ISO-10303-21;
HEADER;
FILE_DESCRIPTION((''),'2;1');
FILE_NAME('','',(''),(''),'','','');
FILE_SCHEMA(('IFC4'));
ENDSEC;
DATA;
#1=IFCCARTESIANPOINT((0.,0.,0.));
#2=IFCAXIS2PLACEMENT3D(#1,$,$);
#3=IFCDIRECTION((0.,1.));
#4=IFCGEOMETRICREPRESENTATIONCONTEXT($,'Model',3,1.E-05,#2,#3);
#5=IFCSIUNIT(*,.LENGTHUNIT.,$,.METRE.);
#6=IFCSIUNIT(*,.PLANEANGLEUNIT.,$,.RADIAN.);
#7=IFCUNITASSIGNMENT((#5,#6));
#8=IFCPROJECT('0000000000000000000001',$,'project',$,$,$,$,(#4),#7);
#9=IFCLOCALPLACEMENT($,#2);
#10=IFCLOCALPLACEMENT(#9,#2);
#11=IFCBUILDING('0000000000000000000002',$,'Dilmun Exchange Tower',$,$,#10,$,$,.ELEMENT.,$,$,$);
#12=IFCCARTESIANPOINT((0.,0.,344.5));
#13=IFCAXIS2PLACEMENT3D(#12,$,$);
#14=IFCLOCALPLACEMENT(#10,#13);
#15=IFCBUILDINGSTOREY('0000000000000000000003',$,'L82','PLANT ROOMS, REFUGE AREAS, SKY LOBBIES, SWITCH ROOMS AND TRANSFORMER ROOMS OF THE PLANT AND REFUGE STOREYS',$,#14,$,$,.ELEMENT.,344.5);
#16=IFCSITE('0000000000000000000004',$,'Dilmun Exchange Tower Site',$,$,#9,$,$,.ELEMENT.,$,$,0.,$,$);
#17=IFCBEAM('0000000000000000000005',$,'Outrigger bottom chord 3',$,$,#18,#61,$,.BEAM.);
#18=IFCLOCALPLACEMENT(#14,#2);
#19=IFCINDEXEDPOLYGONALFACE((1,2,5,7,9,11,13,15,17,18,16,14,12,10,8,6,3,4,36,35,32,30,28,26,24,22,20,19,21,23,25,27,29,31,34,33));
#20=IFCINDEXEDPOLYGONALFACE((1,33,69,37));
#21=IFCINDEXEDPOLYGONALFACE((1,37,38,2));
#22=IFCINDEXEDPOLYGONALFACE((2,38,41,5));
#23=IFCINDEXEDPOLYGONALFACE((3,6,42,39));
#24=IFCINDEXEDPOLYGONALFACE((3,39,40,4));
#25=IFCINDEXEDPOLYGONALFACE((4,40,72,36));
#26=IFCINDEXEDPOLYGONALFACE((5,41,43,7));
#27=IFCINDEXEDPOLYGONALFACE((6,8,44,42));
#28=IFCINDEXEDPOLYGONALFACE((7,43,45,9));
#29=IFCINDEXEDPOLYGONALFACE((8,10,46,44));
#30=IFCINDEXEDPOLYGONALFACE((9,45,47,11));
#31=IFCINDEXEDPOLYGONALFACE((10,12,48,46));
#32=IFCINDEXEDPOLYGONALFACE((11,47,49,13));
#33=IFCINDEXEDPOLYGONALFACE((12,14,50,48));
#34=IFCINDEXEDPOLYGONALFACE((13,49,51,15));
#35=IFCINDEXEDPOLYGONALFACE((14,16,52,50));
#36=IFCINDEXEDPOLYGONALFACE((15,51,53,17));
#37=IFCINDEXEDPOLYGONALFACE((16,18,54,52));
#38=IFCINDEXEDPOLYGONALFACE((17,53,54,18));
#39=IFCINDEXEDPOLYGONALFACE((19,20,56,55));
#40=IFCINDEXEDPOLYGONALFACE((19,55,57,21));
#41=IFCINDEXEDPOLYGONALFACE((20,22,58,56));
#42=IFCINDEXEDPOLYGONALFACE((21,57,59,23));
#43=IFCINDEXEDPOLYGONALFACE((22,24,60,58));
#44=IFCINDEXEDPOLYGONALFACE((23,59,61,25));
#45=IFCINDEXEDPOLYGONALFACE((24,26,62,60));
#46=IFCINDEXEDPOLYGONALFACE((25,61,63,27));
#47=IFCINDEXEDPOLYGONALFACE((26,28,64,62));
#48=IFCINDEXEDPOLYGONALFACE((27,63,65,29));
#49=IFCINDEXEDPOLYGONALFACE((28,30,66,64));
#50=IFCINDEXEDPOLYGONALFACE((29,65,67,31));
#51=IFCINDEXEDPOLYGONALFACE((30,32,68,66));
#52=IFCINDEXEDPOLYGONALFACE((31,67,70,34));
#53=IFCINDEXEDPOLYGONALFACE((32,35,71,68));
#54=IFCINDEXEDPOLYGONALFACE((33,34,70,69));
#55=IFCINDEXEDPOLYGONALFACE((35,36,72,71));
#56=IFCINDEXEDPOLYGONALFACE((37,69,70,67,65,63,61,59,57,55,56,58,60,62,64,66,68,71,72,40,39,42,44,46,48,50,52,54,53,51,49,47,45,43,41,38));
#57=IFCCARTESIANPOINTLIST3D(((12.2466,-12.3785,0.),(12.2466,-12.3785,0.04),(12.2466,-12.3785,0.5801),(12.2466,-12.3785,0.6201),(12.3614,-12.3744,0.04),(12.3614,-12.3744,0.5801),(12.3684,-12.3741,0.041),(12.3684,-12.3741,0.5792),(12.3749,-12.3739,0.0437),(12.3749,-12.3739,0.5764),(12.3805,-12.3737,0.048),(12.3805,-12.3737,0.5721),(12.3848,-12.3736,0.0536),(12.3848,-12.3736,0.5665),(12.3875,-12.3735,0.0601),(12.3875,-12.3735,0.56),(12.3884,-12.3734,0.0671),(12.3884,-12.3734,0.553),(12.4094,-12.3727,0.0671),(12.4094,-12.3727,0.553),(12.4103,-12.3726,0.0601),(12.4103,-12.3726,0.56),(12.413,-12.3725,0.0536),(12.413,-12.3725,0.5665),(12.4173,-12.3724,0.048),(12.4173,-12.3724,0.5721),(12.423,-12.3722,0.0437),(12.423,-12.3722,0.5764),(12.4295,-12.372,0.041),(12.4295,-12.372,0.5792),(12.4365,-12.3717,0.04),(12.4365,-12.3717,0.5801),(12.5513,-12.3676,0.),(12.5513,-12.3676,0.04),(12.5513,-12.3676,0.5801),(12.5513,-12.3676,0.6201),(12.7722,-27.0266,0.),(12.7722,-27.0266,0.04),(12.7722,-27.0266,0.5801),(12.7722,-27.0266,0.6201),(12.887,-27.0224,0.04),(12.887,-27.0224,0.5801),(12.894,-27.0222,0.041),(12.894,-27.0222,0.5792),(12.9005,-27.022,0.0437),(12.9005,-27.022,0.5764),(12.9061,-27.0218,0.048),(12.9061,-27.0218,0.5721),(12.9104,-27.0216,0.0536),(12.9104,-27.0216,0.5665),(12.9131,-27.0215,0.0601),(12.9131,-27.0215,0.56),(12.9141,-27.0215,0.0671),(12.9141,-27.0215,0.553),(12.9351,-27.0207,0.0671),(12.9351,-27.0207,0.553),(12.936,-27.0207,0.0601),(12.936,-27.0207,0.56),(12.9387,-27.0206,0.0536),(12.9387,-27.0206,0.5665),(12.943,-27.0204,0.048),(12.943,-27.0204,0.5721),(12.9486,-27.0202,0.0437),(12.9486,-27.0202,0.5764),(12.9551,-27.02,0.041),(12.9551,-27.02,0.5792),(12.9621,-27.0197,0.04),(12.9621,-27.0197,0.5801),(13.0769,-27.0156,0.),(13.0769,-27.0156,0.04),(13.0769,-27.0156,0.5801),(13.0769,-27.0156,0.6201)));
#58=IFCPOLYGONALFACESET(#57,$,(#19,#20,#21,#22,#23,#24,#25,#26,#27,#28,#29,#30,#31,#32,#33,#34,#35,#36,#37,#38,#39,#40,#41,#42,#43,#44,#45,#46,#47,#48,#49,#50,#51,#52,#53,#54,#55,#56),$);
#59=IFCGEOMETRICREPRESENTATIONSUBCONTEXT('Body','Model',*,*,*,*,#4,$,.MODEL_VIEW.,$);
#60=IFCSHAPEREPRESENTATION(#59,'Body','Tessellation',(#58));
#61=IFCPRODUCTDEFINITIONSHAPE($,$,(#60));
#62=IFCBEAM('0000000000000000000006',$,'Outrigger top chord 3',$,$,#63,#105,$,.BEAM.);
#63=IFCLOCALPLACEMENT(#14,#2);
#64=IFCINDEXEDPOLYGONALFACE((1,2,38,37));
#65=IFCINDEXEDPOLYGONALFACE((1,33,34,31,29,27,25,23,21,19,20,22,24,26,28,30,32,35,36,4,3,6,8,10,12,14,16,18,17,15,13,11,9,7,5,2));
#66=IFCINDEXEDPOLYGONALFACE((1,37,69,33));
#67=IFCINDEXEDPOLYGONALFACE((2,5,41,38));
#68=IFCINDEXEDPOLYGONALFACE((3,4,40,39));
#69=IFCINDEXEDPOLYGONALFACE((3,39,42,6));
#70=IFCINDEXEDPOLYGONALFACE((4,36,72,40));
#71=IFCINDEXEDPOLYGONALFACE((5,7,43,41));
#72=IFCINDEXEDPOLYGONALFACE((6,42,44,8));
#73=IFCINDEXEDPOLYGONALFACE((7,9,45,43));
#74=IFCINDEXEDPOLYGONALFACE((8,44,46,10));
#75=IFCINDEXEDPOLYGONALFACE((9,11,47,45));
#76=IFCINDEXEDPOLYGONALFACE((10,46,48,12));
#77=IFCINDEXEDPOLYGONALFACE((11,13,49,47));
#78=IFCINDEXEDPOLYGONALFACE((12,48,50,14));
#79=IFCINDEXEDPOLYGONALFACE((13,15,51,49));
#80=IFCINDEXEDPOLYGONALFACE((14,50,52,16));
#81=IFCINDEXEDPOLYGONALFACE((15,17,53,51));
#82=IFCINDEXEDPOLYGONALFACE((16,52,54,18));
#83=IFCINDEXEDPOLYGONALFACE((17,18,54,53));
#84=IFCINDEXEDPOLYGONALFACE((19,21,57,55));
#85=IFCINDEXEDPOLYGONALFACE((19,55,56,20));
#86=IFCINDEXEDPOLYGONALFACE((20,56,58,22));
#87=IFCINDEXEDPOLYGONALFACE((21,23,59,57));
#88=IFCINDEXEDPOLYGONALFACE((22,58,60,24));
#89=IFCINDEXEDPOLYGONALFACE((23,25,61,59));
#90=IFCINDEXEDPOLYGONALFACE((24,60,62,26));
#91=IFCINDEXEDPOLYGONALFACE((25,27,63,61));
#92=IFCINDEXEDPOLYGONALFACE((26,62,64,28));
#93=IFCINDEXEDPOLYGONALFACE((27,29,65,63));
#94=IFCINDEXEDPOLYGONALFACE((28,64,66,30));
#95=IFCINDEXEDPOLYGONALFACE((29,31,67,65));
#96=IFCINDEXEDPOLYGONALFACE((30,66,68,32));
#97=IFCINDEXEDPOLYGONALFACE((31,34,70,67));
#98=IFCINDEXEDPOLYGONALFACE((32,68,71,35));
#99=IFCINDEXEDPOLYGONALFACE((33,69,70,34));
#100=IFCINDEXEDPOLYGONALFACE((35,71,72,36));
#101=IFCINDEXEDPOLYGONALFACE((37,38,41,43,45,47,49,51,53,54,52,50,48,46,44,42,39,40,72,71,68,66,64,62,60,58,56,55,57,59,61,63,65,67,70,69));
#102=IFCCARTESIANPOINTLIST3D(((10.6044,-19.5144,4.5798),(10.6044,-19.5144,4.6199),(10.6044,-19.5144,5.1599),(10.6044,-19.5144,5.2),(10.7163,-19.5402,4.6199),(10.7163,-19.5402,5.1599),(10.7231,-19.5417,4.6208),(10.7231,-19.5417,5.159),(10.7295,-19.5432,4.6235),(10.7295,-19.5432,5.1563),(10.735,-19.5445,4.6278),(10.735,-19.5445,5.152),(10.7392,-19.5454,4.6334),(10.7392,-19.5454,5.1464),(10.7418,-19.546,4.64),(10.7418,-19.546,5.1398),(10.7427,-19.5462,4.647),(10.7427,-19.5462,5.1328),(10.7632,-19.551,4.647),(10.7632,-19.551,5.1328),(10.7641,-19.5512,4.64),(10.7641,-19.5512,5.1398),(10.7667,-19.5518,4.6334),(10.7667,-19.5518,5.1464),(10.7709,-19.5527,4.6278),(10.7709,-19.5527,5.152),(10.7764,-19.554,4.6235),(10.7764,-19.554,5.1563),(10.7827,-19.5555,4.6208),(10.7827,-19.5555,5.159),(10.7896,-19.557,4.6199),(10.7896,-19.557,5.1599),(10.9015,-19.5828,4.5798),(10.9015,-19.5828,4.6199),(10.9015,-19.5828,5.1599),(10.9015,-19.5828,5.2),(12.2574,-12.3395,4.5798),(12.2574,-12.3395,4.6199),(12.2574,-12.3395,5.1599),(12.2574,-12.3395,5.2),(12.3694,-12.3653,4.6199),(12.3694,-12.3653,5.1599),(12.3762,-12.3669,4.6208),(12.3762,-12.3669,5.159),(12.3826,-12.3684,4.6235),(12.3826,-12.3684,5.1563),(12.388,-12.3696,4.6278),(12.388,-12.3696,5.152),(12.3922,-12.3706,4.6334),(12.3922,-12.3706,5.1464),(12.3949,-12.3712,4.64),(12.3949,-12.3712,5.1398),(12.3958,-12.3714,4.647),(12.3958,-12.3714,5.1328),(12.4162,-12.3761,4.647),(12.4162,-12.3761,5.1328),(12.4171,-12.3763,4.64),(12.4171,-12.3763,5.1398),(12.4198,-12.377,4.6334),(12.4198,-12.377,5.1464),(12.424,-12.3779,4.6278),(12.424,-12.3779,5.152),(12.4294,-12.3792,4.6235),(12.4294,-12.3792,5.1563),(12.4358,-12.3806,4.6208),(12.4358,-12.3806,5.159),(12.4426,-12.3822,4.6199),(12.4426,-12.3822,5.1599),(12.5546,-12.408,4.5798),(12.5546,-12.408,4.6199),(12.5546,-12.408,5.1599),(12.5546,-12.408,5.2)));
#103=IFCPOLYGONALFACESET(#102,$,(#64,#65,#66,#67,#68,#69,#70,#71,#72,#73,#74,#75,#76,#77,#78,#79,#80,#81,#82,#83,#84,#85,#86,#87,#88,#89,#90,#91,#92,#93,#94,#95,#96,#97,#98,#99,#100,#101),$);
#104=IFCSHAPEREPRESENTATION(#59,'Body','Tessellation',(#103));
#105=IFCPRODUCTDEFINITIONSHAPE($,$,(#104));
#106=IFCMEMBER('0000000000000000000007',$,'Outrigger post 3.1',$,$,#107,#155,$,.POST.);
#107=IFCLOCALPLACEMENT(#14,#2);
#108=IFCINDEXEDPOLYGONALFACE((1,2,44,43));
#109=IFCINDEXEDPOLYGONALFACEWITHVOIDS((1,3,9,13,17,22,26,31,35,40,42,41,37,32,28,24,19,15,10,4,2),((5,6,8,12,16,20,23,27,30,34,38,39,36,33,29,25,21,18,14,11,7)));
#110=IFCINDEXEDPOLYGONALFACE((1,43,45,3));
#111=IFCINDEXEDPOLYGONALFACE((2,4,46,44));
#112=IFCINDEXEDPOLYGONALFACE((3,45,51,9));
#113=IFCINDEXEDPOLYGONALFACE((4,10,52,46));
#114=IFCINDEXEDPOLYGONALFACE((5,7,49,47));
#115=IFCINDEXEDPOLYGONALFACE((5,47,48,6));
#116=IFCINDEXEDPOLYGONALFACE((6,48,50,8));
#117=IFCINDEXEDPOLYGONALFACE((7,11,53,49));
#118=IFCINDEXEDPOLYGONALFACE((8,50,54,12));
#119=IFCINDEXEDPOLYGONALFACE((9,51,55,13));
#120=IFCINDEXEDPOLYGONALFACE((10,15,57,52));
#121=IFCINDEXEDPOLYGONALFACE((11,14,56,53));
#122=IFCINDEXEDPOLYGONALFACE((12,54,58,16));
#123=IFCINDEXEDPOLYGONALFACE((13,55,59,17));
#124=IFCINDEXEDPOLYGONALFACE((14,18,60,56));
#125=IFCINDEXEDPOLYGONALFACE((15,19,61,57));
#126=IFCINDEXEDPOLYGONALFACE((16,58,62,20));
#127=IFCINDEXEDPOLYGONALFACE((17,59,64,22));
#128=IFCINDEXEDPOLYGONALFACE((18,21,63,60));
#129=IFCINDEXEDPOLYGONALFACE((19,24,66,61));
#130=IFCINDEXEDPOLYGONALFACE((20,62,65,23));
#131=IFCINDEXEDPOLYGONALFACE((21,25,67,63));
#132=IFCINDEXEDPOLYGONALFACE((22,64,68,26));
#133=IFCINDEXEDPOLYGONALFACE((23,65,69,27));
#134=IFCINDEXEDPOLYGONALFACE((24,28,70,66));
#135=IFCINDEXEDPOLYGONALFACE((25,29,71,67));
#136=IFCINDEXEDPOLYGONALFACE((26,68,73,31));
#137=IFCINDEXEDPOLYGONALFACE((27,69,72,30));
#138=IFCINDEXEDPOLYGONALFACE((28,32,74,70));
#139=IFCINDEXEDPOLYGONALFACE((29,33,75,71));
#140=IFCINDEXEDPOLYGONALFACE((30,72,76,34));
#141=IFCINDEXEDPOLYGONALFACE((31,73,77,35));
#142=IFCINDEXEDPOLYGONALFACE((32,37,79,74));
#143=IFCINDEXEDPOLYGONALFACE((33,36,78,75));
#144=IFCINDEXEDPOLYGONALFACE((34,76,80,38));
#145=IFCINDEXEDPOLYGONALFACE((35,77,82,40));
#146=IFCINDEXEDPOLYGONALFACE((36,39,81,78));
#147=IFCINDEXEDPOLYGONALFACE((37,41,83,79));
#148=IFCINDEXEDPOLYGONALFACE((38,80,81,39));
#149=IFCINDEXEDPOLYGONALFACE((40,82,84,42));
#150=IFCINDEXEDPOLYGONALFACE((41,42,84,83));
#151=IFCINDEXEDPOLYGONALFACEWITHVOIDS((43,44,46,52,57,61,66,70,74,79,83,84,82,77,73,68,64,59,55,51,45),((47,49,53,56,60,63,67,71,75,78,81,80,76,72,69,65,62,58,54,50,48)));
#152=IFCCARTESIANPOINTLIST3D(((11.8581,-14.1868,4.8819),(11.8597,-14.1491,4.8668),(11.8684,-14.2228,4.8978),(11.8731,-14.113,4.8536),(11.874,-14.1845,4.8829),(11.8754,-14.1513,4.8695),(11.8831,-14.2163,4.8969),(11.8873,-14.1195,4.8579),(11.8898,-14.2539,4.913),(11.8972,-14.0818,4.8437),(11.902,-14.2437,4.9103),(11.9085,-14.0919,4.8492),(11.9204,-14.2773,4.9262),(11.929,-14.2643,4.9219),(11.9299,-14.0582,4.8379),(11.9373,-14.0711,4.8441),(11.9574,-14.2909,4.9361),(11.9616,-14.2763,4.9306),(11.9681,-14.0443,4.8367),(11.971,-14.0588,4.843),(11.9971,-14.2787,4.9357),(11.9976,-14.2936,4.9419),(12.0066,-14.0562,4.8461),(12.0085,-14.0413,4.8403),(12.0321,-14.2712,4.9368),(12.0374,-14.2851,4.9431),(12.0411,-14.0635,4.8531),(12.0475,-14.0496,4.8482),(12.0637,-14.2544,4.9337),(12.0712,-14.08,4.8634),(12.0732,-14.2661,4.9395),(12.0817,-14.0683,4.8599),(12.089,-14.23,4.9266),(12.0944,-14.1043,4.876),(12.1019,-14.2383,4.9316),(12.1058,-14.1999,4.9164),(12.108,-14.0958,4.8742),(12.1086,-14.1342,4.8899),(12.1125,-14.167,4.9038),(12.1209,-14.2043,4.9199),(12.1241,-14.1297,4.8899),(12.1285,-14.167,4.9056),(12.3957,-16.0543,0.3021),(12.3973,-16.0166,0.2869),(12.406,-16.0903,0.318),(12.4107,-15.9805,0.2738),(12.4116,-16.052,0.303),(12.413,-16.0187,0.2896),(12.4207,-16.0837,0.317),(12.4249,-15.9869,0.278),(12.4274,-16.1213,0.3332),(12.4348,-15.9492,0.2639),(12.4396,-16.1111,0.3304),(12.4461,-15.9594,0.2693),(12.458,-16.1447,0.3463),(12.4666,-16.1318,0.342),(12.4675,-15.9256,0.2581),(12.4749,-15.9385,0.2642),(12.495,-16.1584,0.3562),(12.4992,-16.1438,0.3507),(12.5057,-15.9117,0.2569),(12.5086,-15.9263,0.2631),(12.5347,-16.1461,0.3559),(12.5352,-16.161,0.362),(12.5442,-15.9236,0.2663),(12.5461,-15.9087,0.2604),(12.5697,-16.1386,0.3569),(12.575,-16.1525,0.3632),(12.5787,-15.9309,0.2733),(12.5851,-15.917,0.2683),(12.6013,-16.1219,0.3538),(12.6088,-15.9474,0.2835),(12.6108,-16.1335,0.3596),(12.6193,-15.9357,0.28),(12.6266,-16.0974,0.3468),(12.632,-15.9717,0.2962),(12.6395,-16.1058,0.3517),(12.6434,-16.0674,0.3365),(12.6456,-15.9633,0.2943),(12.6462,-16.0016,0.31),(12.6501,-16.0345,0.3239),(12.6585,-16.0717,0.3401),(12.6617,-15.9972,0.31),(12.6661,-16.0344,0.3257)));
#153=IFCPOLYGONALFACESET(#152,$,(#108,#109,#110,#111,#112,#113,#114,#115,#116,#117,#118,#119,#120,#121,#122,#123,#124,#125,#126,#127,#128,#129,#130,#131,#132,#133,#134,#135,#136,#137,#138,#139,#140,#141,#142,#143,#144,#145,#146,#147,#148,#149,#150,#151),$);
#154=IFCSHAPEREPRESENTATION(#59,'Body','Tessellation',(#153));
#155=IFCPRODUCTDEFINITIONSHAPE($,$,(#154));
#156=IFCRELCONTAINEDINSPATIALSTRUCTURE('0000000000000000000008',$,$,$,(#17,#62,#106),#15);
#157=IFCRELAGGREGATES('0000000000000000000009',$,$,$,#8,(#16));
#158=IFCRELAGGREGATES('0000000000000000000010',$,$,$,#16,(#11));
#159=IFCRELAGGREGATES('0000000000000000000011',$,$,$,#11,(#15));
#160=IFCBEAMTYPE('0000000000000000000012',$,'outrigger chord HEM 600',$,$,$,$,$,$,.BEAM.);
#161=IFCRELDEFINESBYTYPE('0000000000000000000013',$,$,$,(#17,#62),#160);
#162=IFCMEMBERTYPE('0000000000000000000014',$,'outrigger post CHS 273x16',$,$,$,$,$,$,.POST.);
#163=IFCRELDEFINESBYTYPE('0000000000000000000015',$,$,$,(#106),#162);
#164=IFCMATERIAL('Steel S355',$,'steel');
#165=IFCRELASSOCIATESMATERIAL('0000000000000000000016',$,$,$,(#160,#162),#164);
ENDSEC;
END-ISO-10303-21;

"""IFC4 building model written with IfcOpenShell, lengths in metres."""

from ifc_helpers import new_model, si_unit, direction, frame, origin, origin_2d, place, context, subcontext, project, spatial, hollow_circle, i_section, extrude, material, material_profile, profile_set, type_object, element, save


model = new_model("IFC4")

# Units and contexts
model_context = context("Model", 3, precision=1e-05, world=origin(), true_north=direction((0.0, 1.0)))
body_context = subcontext(model_context, "Body", "Model", "MODEL_VIEW")
ifc_project = project(units=[si_unit("LENGTHUNIT", "METRE"), si_unit("PLANEANGLEUNIT", "RADIAN")], contexts=[model_context])

# Site, building, storey
site_placement = place(None, origin())
site = spatial("IfcSite", under=ifc_project, at=site_placement, Name="Dilmun Exchange Tower Site", CompositionType="ELEMENT", RefElevation=0.0)
building_placement = place(site_placement, origin())
building = spatial("IfcBuilding", under=site, at=building_placement, Name="Dilmun Exchange Tower", CompositionType="ELEMENT")
storey_placement = place(building_placement, frame((0.0, 0.0, 344.5)))
storey = spatial("IfcBuildingStorey", under=building, at=storey_placement, Name="L82", Description="PLANT ROOMS, REFUGE AREAS, SKY LOBBIES, SWITCH ROOMS AND TRANSFORMER ROOMS OF THE PLANT AND REFUGE STOREYS", CompositionType="ELEMENT", Elevation=344.5)

# Beams
ifc_material_1 = material(Name="Steel S355", Category="steel")
ifc_material_profile_1 = material_profile(ifc_material_1, i_section(OverallWidth=0.3049, OverallDepth=0.6201, WebThickness=0.021, FlangeThickness=0.04, FilletRadius=0.0271, at=origin_2d()), Name="HEM 600")
ifc_profile_set_1 = profile_set([ifc_material_profile_1], Name="Steel S355")
beam_type_1 = type_object("IfcBeamType", Name="outrigger chord HEM 600", PredefinedType="BEAM", material=ifc_profile_set_1)
beam_1_placement = place(storey_placement, frame((12.3989, -12.373, 0.3101), z_axis=(0.035861, -0.999357, 0.0), x_axis=(0.999357, 0.035861, 0.0)))
element("IfcBeam", 1, at=beam_1_placement, inside=storey, type_object=beam_type_1, Name="Outrigger bottom chord 3", PredefinedType="BEAM", context=body_context, shape_type="SweptSolid", body=[
    extrude(i_section(OverallWidth=0.3049, OverallDepth=0.6201, WebThickness=0.021, FlangeThickness=0.04, FilletRadius=0.0271, at=origin_2d()), origin(), (0.0, 0.0, 1.0), 14.6575),
])
beam_2_placement = place(storey_placement, frame((12.406, -12.3738, 4.8899), z_axis=(-0.224518, -0.97447, 0.0), x_axis=(0.97447, -0.224518, 0.0)))
element("IfcBeam", 2, at=beam_2_placement, inside=storey, type_object=beam_type_1, Name="Outrigger top chord 3", PredefinedType="BEAM", context=body_context, shape_type="SweptSolid", body=[
    extrude(i_section(OverallWidth=0.3049, OverallDepth=0.6201, WebThickness=0.021, FlangeThickness=0.04, FilletRadius=0.0271, at=origin_2d()), origin(), (0.0, 0.0, 1.0), 7.3628),
])

# Member
ifc_material_profile_2 = material_profile(ifc_material_1, hollow_circle(Radius=0.1365, WallThickness=0.0161, at=origin_2d()), Name="CHS 273x16")
ifc_profile_set_2 = profile_set([ifc_material_profile_2], Name="Steel S355")
member_type_1 = type_object("IfcMemberType", Name="outrigger post CHS 273x16", PredefinedType="POST", material=ifc_profile_set_2)
member_1_placement = place(storey_placement, frame((11.9929, -14.1675, 4.8899), z_axis=(0.108059, -0.375359, -0.920559), x_axis=(0.960972, 0.276645, 0.0)))
element("IfcMember", 3, at=member_1_placement, inside=storey, type_object=member_type_1, Name="Outrigger post 3.1", PredefinedType="POST", context=body_context, shape_type="SweptSolid", body=[
    extrude(hollow_circle(Radius=0.1365, WallThickness=0.0161, at=origin_2d()), origin(), (0.0, 0.0, 1.0), 4.9751),
])

save(model, "model.ifc")
